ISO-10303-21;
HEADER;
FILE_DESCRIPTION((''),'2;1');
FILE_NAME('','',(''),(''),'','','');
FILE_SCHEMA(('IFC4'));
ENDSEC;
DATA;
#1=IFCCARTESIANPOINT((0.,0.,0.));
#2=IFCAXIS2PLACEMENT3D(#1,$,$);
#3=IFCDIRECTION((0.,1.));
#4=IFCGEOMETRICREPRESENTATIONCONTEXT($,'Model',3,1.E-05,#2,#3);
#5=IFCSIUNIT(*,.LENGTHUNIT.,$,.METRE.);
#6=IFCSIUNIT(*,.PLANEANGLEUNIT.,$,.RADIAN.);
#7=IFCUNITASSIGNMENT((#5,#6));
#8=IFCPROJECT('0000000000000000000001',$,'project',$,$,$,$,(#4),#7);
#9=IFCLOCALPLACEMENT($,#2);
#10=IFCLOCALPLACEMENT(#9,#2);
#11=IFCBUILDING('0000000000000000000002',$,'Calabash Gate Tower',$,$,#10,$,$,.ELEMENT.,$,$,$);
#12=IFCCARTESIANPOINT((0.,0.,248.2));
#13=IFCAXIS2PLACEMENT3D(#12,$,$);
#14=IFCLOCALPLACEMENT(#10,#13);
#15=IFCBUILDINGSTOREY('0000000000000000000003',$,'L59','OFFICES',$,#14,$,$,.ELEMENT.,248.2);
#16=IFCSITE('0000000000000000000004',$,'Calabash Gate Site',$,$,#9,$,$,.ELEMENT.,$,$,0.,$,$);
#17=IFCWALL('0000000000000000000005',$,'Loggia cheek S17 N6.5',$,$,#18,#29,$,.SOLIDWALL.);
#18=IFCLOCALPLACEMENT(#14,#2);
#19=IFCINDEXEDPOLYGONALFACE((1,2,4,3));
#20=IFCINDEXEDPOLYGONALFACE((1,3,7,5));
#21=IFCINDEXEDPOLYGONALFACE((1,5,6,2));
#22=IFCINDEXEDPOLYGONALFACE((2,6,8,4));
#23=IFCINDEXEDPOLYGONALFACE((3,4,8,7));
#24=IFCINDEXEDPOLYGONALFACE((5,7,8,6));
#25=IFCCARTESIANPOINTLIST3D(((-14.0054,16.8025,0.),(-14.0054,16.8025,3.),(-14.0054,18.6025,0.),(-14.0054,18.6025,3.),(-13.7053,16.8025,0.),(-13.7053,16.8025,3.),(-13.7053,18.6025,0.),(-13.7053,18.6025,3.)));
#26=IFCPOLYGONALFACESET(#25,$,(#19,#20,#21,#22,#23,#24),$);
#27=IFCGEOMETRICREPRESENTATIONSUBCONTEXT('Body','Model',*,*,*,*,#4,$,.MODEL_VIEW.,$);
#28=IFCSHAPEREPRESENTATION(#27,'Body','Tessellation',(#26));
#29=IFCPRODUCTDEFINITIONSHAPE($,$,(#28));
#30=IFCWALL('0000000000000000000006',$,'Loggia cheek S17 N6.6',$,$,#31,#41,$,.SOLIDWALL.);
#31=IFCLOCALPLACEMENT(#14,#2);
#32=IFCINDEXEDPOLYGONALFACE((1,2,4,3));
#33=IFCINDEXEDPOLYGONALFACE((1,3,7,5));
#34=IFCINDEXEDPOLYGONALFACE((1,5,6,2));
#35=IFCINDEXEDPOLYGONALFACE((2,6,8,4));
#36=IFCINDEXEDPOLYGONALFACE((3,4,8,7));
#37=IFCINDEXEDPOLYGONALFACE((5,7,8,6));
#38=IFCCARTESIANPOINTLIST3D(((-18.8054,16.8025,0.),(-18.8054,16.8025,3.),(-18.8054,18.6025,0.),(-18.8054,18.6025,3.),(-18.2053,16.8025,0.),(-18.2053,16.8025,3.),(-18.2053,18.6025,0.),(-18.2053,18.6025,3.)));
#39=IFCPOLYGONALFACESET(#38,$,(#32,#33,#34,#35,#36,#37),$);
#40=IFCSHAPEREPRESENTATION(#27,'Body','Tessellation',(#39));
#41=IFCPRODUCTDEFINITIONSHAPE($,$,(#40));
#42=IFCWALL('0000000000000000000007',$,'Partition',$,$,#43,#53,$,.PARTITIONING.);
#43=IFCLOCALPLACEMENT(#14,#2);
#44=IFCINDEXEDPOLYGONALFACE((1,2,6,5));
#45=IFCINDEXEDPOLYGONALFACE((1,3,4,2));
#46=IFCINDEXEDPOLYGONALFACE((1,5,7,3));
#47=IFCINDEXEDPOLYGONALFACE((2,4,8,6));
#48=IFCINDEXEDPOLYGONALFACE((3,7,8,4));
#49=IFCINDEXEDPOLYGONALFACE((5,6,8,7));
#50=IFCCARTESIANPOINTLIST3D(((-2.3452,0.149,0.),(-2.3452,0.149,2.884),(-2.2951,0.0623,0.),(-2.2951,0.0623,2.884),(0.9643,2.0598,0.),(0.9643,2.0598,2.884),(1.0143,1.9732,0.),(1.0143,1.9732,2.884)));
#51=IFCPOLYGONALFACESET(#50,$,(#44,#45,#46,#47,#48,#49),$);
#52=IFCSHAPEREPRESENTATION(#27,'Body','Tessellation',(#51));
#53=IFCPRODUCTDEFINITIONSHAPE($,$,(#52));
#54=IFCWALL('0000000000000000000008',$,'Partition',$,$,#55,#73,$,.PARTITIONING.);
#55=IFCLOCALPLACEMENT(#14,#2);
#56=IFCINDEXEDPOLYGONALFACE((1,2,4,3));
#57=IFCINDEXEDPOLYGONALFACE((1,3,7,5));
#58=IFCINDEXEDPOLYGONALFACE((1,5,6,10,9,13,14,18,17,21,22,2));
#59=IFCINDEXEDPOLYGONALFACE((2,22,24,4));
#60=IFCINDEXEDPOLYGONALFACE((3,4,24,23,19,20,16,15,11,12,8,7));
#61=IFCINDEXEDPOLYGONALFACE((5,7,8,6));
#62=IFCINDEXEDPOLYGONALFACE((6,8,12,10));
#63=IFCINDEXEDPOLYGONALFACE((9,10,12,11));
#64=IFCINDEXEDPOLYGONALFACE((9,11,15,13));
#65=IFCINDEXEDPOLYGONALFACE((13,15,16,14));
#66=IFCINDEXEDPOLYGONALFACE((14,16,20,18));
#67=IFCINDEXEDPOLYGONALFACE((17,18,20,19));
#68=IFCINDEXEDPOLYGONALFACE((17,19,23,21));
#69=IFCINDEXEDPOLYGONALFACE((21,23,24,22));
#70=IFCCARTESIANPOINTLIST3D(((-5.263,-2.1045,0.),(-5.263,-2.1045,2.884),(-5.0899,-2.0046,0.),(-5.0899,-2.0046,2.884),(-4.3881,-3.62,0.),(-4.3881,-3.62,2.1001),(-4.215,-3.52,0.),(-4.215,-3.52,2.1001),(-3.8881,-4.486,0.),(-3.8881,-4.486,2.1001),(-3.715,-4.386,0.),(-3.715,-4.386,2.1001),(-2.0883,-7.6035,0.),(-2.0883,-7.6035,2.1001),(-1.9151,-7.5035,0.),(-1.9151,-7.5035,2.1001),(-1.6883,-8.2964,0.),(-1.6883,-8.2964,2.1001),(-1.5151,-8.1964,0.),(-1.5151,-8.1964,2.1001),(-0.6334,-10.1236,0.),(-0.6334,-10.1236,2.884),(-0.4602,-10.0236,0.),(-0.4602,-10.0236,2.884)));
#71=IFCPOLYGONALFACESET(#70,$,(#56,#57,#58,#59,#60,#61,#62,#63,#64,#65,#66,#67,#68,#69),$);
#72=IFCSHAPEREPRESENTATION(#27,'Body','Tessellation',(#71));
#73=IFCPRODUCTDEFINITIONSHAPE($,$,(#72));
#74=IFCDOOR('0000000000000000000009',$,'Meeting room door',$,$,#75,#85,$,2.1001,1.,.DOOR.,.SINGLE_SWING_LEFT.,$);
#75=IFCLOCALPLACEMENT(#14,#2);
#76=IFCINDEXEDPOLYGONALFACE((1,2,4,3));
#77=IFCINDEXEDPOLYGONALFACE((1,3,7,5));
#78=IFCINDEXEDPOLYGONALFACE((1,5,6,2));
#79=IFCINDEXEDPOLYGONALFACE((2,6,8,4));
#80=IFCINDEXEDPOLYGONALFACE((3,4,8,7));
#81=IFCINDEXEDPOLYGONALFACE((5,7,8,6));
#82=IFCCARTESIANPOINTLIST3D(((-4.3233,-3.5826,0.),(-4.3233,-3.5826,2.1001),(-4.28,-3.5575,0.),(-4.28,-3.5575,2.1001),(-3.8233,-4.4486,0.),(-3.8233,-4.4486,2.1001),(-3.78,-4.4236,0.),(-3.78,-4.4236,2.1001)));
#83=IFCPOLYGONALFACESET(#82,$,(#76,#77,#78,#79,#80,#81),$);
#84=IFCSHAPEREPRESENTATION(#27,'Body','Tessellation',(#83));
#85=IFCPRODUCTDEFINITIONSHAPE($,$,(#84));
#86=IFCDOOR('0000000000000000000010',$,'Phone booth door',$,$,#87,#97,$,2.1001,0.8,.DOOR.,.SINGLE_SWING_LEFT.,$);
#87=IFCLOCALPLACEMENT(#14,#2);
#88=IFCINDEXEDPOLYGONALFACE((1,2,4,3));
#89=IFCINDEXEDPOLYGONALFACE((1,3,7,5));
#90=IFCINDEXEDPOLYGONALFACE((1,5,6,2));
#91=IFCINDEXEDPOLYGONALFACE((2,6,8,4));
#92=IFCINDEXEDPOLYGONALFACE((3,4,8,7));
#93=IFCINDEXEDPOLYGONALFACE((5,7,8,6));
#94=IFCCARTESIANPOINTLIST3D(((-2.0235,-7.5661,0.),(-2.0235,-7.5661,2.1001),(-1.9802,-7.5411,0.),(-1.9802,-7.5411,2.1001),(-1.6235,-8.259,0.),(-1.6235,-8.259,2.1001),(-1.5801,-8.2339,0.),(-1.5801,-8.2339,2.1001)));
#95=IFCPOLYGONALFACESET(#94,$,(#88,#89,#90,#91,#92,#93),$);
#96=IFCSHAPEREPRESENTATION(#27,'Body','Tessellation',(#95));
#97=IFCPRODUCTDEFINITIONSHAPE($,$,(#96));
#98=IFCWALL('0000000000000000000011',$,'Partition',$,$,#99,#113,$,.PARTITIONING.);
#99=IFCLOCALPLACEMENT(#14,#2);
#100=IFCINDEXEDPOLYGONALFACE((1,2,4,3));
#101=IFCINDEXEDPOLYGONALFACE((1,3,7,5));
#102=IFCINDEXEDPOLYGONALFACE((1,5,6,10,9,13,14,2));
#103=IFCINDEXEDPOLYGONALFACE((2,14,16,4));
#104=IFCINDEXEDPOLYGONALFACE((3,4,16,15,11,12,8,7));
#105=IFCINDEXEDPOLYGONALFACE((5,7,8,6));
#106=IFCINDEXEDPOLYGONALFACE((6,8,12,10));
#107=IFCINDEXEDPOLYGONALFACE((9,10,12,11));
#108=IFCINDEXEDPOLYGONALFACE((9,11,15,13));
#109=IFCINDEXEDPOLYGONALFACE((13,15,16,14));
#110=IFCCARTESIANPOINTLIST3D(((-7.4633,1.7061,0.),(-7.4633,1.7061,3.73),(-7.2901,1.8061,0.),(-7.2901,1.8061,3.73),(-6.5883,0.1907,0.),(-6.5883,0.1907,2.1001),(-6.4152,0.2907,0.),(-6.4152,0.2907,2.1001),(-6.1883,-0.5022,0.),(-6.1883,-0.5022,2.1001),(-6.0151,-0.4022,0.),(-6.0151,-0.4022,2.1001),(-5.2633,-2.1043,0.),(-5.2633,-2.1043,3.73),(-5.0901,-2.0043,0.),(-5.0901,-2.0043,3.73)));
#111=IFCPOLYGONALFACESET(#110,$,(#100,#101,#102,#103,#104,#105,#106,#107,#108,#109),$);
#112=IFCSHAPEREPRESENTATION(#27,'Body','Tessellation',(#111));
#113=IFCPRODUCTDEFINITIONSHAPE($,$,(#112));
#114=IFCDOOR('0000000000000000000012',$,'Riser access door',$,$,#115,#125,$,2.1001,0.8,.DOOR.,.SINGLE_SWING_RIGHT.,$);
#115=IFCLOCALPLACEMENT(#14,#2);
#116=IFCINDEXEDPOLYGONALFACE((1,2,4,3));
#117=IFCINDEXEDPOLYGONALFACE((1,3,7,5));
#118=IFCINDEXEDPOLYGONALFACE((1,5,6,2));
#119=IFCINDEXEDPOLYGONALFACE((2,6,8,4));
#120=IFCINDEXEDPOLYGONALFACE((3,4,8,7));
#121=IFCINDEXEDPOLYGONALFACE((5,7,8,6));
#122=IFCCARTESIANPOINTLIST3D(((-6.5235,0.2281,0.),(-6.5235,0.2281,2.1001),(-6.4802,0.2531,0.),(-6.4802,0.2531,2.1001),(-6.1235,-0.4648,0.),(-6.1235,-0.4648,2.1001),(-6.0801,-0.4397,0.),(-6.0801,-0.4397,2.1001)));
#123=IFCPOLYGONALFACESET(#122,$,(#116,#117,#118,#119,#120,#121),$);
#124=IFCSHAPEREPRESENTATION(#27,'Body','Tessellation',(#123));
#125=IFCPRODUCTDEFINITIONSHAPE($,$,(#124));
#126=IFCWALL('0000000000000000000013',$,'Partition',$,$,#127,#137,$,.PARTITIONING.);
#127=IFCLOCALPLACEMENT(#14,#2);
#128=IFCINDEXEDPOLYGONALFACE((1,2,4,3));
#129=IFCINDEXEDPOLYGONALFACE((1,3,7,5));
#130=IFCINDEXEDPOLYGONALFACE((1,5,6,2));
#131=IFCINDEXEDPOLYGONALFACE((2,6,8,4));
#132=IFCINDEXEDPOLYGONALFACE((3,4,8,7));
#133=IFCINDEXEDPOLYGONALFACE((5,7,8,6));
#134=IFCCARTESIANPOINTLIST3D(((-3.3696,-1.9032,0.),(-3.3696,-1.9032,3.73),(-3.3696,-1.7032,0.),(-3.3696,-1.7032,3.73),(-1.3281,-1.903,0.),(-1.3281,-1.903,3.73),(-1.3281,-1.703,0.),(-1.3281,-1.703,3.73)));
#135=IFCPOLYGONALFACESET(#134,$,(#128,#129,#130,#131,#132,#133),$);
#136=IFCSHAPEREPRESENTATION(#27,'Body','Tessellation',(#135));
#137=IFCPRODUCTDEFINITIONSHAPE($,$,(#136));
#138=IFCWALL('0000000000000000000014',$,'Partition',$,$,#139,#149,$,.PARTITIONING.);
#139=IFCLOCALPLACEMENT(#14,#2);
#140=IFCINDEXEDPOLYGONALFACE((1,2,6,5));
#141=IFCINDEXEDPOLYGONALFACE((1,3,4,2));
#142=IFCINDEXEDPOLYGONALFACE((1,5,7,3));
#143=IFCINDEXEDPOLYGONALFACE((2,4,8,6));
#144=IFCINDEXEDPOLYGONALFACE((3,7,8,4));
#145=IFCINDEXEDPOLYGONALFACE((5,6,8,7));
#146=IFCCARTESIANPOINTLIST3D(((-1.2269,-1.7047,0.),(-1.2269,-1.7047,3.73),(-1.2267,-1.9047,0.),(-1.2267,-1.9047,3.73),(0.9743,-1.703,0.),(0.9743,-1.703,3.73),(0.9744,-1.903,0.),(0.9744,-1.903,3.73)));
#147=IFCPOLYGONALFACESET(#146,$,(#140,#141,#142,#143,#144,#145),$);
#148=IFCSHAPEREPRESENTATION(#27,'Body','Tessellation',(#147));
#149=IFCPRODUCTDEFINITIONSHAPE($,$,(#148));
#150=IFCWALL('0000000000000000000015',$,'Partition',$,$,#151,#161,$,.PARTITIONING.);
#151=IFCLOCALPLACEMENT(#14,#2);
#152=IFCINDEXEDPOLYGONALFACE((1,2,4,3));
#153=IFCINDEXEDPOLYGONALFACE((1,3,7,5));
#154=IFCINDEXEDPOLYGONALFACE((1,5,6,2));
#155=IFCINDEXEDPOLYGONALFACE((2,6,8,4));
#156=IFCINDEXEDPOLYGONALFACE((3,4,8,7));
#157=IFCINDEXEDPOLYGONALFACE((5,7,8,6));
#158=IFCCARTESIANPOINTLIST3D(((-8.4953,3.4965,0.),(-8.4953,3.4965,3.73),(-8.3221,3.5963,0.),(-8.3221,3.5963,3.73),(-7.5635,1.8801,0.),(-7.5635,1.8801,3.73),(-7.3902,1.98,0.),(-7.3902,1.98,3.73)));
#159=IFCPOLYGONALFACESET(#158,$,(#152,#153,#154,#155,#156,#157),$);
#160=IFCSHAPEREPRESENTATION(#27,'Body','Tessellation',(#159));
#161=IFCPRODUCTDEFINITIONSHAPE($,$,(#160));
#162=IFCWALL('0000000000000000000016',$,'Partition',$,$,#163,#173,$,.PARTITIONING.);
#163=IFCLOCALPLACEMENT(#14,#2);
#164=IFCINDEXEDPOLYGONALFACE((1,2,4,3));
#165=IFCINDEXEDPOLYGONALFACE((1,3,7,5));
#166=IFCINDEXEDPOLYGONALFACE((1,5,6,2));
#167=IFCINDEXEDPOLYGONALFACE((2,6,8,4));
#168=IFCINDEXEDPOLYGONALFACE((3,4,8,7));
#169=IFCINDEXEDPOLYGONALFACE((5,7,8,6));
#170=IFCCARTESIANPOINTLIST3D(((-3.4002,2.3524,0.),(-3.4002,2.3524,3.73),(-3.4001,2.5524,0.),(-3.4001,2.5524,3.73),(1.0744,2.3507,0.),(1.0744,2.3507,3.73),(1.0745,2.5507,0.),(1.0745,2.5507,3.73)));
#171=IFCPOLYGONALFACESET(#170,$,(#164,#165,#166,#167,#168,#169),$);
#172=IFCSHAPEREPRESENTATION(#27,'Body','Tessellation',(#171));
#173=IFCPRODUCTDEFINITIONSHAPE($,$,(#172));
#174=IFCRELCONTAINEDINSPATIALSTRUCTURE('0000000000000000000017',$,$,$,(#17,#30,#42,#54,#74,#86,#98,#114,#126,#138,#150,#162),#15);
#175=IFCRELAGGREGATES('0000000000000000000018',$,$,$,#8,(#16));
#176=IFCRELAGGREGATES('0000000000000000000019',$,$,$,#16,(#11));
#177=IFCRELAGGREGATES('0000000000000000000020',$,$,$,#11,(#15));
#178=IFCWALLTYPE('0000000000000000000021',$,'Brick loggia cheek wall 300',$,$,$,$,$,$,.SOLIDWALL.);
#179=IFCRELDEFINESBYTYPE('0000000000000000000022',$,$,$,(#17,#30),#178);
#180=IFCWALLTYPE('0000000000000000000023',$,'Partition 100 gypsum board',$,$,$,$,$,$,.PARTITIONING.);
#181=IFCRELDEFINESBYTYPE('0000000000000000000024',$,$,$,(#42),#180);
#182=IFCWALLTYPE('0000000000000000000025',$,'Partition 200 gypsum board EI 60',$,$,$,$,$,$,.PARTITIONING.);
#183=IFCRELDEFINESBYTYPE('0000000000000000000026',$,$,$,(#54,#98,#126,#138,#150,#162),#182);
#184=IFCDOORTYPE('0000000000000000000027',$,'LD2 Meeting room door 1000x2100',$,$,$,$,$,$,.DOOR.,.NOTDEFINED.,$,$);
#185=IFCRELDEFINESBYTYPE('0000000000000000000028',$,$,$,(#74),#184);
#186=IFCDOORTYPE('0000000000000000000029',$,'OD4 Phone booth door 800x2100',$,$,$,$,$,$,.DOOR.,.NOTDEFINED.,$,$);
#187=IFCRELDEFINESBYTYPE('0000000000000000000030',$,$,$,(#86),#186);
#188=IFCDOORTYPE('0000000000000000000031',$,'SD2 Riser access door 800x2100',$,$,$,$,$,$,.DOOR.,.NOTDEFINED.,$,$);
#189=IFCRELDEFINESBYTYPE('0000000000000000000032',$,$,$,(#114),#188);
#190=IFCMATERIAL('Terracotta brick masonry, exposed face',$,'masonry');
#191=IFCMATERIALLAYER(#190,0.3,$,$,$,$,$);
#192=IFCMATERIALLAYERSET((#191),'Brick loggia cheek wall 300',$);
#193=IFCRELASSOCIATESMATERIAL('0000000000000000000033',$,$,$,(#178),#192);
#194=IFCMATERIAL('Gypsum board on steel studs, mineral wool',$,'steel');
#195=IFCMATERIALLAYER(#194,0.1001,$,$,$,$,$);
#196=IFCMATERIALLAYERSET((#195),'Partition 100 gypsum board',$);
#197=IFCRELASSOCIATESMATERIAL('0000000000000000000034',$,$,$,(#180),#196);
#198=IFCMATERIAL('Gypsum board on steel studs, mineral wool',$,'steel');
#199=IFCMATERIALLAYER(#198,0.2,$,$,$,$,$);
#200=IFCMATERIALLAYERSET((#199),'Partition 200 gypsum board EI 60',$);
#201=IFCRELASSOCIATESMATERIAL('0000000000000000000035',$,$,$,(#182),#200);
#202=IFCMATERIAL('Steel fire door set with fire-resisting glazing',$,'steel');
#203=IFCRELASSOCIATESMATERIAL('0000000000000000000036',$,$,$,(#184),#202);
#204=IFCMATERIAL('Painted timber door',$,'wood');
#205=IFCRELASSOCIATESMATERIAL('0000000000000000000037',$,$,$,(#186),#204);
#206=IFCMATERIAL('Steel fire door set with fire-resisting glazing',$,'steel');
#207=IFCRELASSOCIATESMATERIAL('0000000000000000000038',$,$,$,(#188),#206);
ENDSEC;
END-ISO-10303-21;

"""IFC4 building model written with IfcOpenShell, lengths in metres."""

from ifc_helpers import new_model, si_unit, direction, frame, frame_2d, origin, place, context, subcontext, project, spatial, polyline, rectangle, outline, extrude, material, layer, layer_set, type_object, element, fill, save


model = new_model("IFC4")

# Units and contexts
model_context = context("Model", 3, precision=1e-05, world=origin(), true_north=direction((0.0, 1.0)))
body_context = subcontext(model_context, "Body", "Model", "MODEL_VIEW")
ifc_project = project(units=[si_unit("LENGTHUNIT", "METRE"), si_unit("PLANEANGLEUNIT", "RADIAN")], contexts=[model_context])

# Site, building, storey
site_placement = place(None, origin())
site = spatial("IfcSite", under=ifc_project, at=site_placement, Name="Calabash Gate Site", CompositionType="ELEMENT", RefElevation=0.0)
building_placement = place(site_placement, origin())
building = spatial("IfcBuilding", under=site, at=building_placement, Name="Calabash Gate Tower", CompositionType="ELEMENT")
storey_placement = place(building_placement, frame((0.0, 0.0, 248.2)))
storey = spatial("IfcBuildingStorey", under=building, at=storey_placement, Name="L59", Description="OFFICES", CompositionType="ELEMENT", Elevation=248.2)

# Walls
ifc_material_1 = material(Name="Terracotta brick masonry, exposed face", Category="masonry")
ifc_layer_1 = layer(ifc_material_1, 0.3)
ifc_layer_set_1 = layer_set([ifc_layer_1], Name="Brick loggia cheek wall 300")
wall_type_1 = type_object("IfcWallType", Name="Brick loggia cheek wall 300", PredefinedType="SOLIDWALL", material=ifc_layer_set_1)
wall_1_placement = place(storey_placement, origin())
element("IfcWall", 1, at=wall_1_placement, inside=storey, type_object=wall_type_1, Name="Loggia cheek S17 N6.5", PredefinedType="SOLIDWALL", context=body_context, shape_type="SweptSolid", body=[
    extrude(outline(polyline([(-13.7053, 16.8025), (-13.7053, 18.6025), (-14.0054, 18.6025), (-14.0054, 16.8025), (-13.7053, 16.8025)])), origin(), (0.0, 0.0, 1.0), 3.0),
])
wall_2_placement = place(storey_placement, origin())
element("IfcWall", 2, at=wall_2_placement, inside=storey, type_object=wall_type_1, Name="Loggia cheek S17 N6.6", PredefinedType="SOLIDWALL", context=body_context, shape_type="SweptSolid", body=[
    extrude(outline(polyline([(-18.8054, 18.6025), (-18.8054, 16.8025), (-18.2053, 16.8025), (-18.2053, 18.6025), (-18.8054, 18.6025)])), origin(), (0.0, 0.0, 1.0), 3.0),
])
ifc_material_2 = material(Name="Gypsum board on steel studs, mineral wool", Category="steel")
ifc_layer_2 = layer(ifc_material_2, 0.1001)
ifc_layer_set_2 = layer_set([ifc_layer_2], Name="Partition 100 gypsum board")
wall_type_2 = type_object("IfcWallType", Name="Partition 100 gypsum board", PredefinedType="PARTITIONING", material=ifc_layer_set_2)
wall_3_placement = place(storey_placement, frame((-2.3201, 0.1057, 0.0), z_axis=(0.0, 0.0, 1.0), x_axis=(0.866013, 0.500021, 0.0)))
element("IfcWall", 3, at=wall_3_placement, inside=storey, type_object=wall_type_2, Name="Partition", PredefinedType="PARTITIONING", context=body_context, shape_type="SweptSolid", body=[
    extrude(rectangle(XDim=3.8215, YDim=0.1001, at=frame_2d((1.9106, 0.0))), origin(), (0.0, 0.0, 1.0), 2.884),
])

# Wall, openings, doors
ifc_material_3 = material(Name="Gypsum board on steel studs, mineral wool", Category="steel")
ifc_layer_3 = layer(ifc_material_3, 0.2)
ifc_layer_set_3 = layer_set([ifc_layer_3], Name="Partition 200 gypsum board EI 60")
wall_type_3 = type_object("IfcWallType", Name="Partition 200 gypsum board EI 60", PredefinedType="PARTITIONING", material=ifc_layer_set_3)
wall_4_placement = place(storey_placement, frame((-5.1765, -2.0544, 0.0), z_axis=(0.0, 0.0, 1.0), x_axis=(0.499987, -0.866033, 0.0)))
wall_4 = element("IfcWall", 4, at=wall_4_placement, inside=storey, type_object=wall_type_3, Name="Partition", PredefinedType="PARTITIONING", context=body_context, shape_type="SweptSolid", body=[
    extrude(rectangle(XDim=9.2595, YDim=0.2, at=frame_2d((4.6299, 0.0))), origin(), (0.0, 0.0, 1.0), 2.884),
])
opening_1_placement = place(wall_4_placement, frame((1.75, 0.0, 0.0)))
opening_1 = element("IfcOpeningElement", 5, at=opening_1_placement, cuts=wall_4, PredefinedType="OPENING", context=body_context, shape_type="SweptSolid", body=[
    extrude(rectangle(XDim=1.0, YDim=2.1001, at=frame_2d((0.5, 1.05))), frame((0.0, 0.1099, 0.0), z_axis=(0.0, -1.0, 0.0), x_axis=(1.0, 0.0, 0.0)), (0.0, 0.0, 1.0), 0.22),
])
opening_2_placement = place(wall_4_placement, frame((6.3499, 0.0, 0.0)))
opening_2 = element("IfcOpeningElement", 6, at=opening_2_placement, cuts=wall_4, PredefinedType="OPENING", context=body_context, shape_type="SweptSolid", body=[
    extrude(rectangle(XDim=0.8, YDim=2.1001, at=frame_2d((0.3999, 1.05))), frame((0.0, 0.1099, 0.0), z_axis=(0.0, -1.0, 0.0), x_axis=(1.0, 0.0, 0.0)), (0.0, 0.0, 1.0), 0.22),
])
ifc_material_4 = material(Name="Steel fire door set with fire-resisting glazing", Category="steel")
door_type_1 = type_object("IfcDoorType", Name="LD2 Meeting room door 1000x2100", OperationType="NOTDEFINED", PredefinedType="DOOR", material=ifc_material_4)
door_1_placement = place(opening_1_placement, origin())
door_1 = element("IfcDoor", 7, at=door_1_placement, inside=storey, type_object=door_type_1, Name="Meeting room door", OperationType="SINGLE_SWING_LEFT", OverallHeight=2.1001, OverallWidth=1.0, PredefinedType="DOOR", context=body_context, shape_type="SweptSolid", body=[
    extrude(rectangle(XDim=1.0, YDim=2.1001, at=frame_2d((0.5, 1.05))), frame((0.0, 0.0249, 0.0), z_axis=(0.0, -1.0, 0.0), x_axis=(1.0, 0.0, 0.0)), (0.0, 0.0, 1.0), 0.05),
])
fill(opening_1, door_1)
ifc_material_5 = material(Name="Painted timber door", Category="wood")
door_type_2 = type_object("IfcDoorType", Name="OD4 Phone booth door 800x2100", OperationType="NOTDEFINED", PredefinedType="DOOR", material=ifc_material_5)
door_2_placement = place(opening_2_placement, origin())
door_2 = element("IfcDoor", 8, at=door_2_placement, inside=storey, type_object=door_type_2, Name="Phone booth door", OperationType="SINGLE_SWING_LEFT", OverallHeight=2.1001, OverallWidth=0.8, PredefinedType="DOOR", context=body_context, shape_type="SweptSolid", body=[
    extrude(rectangle(XDim=0.8, YDim=2.1001, at=frame_2d((0.3999, 1.05))), frame((0.0, 0.0249, 0.0), z_axis=(0.0, -1.0, 0.0), x_axis=(1.0, 0.0, 0.0)), (0.0, 0.0, 1.0), 0.05),
])
fill(opening_2, door_2)

# Wall, opening, door
wall_5_placement = place(storey_placement, frame((-7.3767, 1.7561, 0.0), z_axis=(0.0, 0.0, 1.0), x_axis=(0.500012, -0.866018, 0.0)))
wall_5 = element("IfcWall", 9, at=wall_5_placement, inside=storey, type_object=wall_type_3, Name="Partition", PredefinedType="PARTITIONING", context=body_context, shape_type="SweptSolid", body=[
    extrude(rectangle(XDim=4.3999, YDim=0.2, at=frame_2d((2.2, 0.0))), origin(), (0.0, 0.0, 1.0), 3.73),
])
opening_3_placement = place(wall_5_placement, frame((1.75, 0.0, 0.0)))
opening_3 = element("IfcOpeningElement", 10, at=opening_3_placement, cuts=wall_5, PredefinedType="OPENING", context=body_context, shape_type="SweptSolid", body=[
    extrude(rectangle(XDim=0.8, YDim=2.1001, at=frame_2d((0.3999, 1.05))), frame((0.0, 0.1099, 0.0), z_axis=(0.0, -1.0, 0.0), x_axis=(1.0, 0.0, 0.0)), (0.0, 0.0, 1.0), 0.22),
])
ifc_material_6 = material(Name="Steel fire door set with fire-resisting glazing", Category="steel")
door_type_3 = type_object("IfcDoorType", Name="SD2 Riser access door 800x2100", OperationType="NOTDEFINED", PredefinedType="DOOR", material=ifc_material_6)
door_3_placement = place(opening_3_placement, origin())
door_3 = element("IfcDoor", 11, at=door_3_placement, inside=storey, type_object=door_type_3, Name="Riser access door", OperationType="SINGLE_SWING_RIGHT", OverallHeight=2.1001, OverallWidth=0.8, PredefinedType="DOOR", context=body_context, shape_type="SweptSolid", body=[
    extrude(rectangle(XDim=0.8, YDim=2.1001, at=frame_2d((0.3999, 1.05))), frame((0.0, 0.0249, 0.0), z_axis=(0.0, -1.0, 0.0), x_axis=(1.0, 0.0, 0.0)), (0.0, 0.0, 1.0), 0.05),
])
fill(opening_3, door_3)

# Walls
wall_6_placement = place(storey_placement, frame((-3.3696, -1.8032, 0.0), z_axis=(0.0, 0.0, 1.0), x_axis=(1.0, 0.00012, 0.0)))
element("IfcWall", 12, at=wall_6_placement, inside=storey, type_object=wall_type_3, Name="Partition", PredefinedType="PARTITIONING", context=body_context, shape_type="SweptSolid", body=[
    extrude(rectangle(XDim=2.0415, YDim=0.2, at=frame_2d((1.0208, 0.0))), origin(), (0.0, 0.0, 1.0), 3.73),
])
wall_7_placement = place(storey_placement, frame((-1.2268, -1.8047, 0.0), z_axis=(0.0, 0.0, 1.0), x_axis=(1.0, 0.000776, 0.0)))
element("IfcWall", 13, at=wall_7_placement, inside=storey, type_object=wall_type_3, Name="Partition", PredefinedType="PARTITIONING", context=body_context, shape_type="SweptSolid", body=[
    extrude(rectangle(XDim=2.2012, YDim=0.2, at=frame_2d((1.1006, 0.0))), origin(), (0.0, 0.0, 1.0), 3.73),
])
wall_8_placement = place(storey_placement, frame((-8.4087, 3.5464, 0.0), z_axis=(0.0, 0.0, 1.0), x_axis=(0.499447, -0.866345, 0.0)))
element("IfcWall", 14, at=wall_8_placement, inside=storey, type_object=wall_type_3, Name="Partition", PredefinedType="PARTITIONING", context=body_context, shape_type="SweptSolid", body=[
    extrude(rectangle(XDim=1.8657, YDim=0.2, at=frame_2d((0.9329, 0.0))), origin(), (0.0, 0.0, 1.0), 3.73),
])
wall_9_placement = place(storey_placement, frame((-3.4001, 2.4524, 0.0), z_axis=(0.0, 0.0, 1.0), x_axis=(1.0, -0.000382, 0.0)))
element("IfcWall", 15, at=wall_9_placement, inside=storey, type_object=wall_type_3, Name="Partition", PredefinedType="PARTITIONING", context=body_context, shape_type="SweptSolid", body=[
    extrude(rectangle(XDim=4.4746, YDim=0.2, at=frame_2d((2.2373, 0.0))), origin(), (0.0, 0.0, 1.0), 3.73),
])

save(model, "model.ifc")
